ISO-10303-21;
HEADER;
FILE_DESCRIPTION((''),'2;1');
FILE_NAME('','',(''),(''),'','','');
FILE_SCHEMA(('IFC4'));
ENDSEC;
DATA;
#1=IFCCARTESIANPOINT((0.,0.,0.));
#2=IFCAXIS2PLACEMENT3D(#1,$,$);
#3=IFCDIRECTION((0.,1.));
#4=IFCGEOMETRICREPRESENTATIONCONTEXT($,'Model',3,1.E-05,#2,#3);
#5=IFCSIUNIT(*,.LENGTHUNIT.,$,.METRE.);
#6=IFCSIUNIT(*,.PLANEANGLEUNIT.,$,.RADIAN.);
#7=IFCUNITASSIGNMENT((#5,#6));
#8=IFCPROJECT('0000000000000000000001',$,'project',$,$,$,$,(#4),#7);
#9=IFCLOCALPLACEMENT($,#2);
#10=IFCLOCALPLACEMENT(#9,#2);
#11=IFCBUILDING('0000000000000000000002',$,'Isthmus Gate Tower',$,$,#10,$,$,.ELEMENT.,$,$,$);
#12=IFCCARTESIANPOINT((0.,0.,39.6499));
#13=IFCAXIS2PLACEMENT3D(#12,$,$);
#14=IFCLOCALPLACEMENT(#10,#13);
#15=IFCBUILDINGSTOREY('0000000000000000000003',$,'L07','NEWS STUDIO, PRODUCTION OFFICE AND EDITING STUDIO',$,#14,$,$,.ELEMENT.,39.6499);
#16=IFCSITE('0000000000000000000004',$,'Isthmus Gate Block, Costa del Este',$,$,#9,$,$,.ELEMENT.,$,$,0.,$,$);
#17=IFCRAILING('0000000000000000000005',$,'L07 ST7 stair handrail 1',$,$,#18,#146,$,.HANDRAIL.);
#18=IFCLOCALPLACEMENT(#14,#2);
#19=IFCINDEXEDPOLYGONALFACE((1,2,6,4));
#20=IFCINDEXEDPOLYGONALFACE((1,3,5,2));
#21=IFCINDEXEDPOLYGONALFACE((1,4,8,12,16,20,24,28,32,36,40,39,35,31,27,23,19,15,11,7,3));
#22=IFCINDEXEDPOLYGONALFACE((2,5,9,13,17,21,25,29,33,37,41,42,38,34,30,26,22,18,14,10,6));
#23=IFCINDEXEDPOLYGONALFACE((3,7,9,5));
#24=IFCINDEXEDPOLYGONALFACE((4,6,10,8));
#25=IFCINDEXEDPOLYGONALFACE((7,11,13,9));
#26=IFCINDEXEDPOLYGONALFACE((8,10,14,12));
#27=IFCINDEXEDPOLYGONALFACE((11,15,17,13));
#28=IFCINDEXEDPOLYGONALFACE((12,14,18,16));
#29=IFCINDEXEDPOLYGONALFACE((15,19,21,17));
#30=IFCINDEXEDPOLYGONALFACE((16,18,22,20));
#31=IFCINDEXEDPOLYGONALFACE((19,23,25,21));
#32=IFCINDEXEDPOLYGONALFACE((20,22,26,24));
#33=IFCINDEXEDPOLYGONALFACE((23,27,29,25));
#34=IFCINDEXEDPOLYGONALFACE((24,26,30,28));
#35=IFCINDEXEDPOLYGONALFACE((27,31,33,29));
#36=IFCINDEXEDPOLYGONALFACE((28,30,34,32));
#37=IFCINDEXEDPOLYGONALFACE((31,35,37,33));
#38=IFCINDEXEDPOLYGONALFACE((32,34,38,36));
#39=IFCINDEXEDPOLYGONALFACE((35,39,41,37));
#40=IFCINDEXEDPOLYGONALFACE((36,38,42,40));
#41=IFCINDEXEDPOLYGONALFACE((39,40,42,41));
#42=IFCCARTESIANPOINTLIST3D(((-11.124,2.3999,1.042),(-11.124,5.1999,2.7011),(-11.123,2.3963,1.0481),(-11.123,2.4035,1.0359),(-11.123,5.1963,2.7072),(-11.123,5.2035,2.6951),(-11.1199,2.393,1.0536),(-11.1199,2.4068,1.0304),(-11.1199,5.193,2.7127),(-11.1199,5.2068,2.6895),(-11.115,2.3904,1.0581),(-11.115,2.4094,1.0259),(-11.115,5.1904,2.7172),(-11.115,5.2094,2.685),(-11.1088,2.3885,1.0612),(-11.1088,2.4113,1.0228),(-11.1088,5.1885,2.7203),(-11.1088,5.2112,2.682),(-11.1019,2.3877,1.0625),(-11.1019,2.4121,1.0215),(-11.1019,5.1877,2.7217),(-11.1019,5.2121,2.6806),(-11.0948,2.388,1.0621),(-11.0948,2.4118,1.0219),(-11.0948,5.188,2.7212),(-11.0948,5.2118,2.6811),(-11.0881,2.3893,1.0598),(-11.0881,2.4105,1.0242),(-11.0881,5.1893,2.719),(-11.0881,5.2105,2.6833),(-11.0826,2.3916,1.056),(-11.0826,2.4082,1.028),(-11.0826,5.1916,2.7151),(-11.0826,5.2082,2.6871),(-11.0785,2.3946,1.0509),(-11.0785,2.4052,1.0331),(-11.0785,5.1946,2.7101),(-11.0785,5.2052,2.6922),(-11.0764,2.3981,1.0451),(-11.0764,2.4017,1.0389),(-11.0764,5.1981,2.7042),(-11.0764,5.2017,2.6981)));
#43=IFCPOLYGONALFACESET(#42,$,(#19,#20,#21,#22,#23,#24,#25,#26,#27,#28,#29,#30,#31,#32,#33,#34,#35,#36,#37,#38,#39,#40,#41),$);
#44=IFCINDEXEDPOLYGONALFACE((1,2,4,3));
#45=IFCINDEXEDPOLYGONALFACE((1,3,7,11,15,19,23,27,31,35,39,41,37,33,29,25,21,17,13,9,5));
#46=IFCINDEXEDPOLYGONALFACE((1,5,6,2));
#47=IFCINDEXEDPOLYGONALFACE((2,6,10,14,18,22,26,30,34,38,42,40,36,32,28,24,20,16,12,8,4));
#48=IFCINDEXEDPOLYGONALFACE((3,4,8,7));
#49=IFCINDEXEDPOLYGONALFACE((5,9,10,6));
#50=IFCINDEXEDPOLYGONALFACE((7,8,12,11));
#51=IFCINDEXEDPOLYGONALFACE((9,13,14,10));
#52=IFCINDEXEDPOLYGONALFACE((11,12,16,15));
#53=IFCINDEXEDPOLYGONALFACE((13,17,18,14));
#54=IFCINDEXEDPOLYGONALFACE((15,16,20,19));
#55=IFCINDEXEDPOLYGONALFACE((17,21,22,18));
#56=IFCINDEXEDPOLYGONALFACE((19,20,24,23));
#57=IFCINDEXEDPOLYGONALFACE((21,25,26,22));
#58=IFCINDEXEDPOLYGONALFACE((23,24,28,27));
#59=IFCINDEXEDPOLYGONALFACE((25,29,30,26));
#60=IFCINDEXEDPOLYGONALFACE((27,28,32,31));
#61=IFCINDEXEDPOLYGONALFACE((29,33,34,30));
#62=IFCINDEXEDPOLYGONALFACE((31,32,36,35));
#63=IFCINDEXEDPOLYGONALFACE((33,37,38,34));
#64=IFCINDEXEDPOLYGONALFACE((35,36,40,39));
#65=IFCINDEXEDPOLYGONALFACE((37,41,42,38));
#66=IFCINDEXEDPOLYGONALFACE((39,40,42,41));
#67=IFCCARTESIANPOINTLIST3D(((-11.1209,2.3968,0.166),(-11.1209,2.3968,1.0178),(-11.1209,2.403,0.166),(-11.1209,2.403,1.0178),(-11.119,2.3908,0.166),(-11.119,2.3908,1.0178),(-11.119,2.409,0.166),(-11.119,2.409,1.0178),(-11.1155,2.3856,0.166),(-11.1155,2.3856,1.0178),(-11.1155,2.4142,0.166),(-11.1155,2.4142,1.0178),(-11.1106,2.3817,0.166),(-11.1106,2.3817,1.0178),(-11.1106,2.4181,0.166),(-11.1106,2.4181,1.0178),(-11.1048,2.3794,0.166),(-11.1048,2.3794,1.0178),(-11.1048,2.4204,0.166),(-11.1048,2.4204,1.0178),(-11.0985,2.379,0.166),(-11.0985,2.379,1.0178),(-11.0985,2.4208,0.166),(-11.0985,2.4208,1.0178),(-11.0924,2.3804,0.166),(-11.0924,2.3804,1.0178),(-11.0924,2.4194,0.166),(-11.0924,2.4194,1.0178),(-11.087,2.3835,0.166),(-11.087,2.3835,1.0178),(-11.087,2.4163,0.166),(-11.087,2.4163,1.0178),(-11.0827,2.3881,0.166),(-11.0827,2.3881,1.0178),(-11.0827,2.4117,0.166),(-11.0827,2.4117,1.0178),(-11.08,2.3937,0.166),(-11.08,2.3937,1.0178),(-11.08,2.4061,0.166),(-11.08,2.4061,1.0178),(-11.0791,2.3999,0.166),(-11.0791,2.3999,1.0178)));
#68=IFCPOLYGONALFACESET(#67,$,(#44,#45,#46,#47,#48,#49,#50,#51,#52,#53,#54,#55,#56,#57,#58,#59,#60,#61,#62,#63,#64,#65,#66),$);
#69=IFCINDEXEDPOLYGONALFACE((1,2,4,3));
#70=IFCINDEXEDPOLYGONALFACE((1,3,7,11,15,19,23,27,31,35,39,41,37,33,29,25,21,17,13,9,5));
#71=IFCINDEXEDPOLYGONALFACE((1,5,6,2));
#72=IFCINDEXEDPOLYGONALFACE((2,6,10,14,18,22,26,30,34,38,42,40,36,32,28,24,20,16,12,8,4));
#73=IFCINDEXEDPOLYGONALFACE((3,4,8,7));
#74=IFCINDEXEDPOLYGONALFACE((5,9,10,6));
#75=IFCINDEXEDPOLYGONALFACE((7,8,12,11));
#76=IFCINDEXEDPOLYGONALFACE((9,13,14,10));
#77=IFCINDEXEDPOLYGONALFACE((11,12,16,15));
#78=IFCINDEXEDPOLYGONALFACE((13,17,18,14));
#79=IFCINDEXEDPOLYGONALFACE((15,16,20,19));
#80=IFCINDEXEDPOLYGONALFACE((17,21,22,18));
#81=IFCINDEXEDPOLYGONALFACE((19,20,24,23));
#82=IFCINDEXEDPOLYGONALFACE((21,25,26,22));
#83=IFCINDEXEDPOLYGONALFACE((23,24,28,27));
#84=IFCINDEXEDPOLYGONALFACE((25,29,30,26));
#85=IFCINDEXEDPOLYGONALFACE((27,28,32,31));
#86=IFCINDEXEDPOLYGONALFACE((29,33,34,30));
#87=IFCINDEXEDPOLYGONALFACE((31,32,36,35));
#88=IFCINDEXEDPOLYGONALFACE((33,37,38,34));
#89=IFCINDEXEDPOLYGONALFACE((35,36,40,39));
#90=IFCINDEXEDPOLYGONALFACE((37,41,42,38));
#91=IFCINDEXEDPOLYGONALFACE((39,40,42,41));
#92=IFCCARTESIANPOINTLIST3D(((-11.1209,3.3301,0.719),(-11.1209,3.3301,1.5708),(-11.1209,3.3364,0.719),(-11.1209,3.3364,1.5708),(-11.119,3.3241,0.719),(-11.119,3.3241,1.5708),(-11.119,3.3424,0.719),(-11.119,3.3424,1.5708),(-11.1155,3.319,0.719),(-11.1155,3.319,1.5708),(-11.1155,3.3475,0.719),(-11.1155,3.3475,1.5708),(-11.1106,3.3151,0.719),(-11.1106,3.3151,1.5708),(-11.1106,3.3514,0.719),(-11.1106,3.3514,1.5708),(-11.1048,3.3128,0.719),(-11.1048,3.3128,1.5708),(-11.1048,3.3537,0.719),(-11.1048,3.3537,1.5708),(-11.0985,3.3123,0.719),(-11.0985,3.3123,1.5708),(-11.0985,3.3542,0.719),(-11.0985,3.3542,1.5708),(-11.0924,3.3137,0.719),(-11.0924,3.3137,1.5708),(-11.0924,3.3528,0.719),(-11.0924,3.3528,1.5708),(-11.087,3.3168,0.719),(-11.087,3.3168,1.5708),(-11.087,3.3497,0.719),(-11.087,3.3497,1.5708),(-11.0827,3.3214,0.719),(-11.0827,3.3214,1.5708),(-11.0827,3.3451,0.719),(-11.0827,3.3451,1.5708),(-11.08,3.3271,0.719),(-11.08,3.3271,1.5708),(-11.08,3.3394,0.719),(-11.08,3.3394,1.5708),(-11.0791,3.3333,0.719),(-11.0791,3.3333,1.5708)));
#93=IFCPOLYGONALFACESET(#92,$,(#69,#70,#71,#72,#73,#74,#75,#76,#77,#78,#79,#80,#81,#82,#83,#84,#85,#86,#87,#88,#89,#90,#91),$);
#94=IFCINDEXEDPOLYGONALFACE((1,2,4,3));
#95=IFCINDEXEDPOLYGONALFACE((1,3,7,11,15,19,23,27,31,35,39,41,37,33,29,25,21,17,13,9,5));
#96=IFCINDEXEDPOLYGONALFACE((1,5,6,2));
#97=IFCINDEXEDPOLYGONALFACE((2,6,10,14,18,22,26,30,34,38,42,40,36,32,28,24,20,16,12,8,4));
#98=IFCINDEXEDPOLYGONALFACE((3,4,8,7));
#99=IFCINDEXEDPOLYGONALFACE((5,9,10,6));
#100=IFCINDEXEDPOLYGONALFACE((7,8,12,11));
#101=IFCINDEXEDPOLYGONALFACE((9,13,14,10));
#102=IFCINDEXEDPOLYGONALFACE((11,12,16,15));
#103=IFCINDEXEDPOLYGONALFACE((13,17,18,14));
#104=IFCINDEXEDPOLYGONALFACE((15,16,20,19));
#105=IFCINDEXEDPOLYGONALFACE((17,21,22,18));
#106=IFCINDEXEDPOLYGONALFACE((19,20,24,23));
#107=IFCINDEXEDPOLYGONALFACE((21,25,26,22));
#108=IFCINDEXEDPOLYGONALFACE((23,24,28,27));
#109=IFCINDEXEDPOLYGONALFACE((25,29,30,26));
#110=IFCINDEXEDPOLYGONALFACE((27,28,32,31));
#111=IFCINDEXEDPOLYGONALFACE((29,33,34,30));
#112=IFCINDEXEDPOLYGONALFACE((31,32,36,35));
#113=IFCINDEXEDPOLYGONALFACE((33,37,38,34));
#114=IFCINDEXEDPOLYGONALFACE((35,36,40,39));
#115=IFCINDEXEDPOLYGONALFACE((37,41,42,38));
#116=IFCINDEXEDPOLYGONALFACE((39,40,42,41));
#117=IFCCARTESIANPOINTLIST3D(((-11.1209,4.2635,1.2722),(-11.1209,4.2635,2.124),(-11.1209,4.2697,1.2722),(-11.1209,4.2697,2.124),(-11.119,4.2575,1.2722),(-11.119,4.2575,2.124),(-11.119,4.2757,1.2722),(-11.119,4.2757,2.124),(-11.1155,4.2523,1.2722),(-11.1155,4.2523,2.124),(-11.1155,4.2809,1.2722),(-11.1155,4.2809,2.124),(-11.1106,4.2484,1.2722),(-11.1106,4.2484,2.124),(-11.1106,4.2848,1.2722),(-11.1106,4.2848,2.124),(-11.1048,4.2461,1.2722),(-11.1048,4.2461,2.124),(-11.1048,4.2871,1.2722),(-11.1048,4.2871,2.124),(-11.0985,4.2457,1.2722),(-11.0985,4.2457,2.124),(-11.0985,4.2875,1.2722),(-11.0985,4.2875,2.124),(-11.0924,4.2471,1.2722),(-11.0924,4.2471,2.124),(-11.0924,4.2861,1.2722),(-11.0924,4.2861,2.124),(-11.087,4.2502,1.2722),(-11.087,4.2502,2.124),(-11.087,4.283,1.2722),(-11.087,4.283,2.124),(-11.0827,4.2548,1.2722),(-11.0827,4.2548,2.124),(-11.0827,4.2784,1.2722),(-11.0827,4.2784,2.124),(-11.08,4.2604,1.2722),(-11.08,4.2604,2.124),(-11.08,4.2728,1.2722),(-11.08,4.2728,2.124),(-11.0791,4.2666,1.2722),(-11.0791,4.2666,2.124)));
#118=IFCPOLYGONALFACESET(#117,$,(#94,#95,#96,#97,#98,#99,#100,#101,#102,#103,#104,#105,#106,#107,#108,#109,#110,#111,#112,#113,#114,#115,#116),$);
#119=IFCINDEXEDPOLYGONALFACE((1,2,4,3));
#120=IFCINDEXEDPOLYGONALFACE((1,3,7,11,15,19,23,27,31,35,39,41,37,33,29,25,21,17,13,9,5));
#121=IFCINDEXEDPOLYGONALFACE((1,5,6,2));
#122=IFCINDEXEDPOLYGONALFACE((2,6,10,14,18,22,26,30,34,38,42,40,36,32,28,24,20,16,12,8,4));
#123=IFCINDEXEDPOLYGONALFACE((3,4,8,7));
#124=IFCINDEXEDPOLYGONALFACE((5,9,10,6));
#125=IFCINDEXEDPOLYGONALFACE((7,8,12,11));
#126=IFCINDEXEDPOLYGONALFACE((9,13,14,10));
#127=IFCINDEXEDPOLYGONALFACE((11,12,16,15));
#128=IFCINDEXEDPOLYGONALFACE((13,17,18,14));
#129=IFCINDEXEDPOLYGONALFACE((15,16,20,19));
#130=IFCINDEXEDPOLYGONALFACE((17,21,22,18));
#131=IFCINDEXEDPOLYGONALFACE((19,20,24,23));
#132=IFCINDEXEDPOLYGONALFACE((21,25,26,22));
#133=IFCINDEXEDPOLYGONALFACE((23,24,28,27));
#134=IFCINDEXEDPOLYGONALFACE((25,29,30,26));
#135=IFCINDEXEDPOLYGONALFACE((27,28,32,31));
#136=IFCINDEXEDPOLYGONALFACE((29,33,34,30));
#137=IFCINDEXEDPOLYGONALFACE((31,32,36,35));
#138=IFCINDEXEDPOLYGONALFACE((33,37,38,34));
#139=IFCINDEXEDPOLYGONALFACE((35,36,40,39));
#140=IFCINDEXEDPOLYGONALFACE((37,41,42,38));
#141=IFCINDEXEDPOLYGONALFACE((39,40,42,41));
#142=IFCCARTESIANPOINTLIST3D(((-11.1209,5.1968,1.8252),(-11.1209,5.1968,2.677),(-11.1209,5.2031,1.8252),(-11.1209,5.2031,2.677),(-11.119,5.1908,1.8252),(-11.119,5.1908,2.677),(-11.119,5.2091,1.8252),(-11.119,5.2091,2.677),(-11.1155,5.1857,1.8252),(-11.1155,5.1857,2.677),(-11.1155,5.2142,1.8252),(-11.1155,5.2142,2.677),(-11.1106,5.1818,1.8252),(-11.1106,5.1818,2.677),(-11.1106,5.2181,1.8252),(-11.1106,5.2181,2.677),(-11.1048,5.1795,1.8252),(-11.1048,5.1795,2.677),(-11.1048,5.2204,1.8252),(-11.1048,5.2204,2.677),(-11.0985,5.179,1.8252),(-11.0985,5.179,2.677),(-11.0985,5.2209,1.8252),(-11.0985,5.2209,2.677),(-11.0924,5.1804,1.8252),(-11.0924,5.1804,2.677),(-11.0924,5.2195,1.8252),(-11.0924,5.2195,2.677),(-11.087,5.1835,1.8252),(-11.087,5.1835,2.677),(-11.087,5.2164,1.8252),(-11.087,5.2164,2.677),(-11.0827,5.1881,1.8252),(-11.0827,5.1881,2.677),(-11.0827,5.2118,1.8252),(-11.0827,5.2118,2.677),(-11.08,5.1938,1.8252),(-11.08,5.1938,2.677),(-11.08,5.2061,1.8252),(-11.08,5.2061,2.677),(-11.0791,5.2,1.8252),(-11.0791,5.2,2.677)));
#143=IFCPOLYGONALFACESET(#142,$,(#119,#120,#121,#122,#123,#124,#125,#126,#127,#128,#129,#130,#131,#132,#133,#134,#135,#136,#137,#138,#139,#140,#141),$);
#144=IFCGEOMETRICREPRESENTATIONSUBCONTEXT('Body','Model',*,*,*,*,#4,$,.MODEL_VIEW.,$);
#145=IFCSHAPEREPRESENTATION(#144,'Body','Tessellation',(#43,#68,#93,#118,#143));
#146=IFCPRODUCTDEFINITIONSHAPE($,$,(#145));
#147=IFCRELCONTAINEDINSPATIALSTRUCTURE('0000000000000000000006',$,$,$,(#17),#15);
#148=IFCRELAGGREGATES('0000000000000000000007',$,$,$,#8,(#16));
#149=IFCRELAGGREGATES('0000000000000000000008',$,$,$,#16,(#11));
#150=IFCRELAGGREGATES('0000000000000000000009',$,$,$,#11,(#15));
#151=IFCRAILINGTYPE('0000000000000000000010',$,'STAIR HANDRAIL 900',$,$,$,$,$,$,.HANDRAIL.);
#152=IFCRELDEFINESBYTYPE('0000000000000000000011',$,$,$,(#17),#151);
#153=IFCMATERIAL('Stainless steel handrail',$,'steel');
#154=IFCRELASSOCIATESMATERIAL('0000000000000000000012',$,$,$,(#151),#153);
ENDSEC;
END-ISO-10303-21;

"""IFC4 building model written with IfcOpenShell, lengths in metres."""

from ifc_helpers import new_model, si_unit, direction, frame, origin, origin_2d, place, context, subcontext, project, spatial, circle, extrude, material, type_object, element, save


model = new_model("IFC4")

# Units and contexts
model_context = context("Model", 3, precision=1e-05, world=origin(), true_north=direction((0.0, 1.0)))
body_context = subcontext(model_context, "Body", "Model", "MODEL_VIEW")
ifc_project = project(units=[si_unit("LENGTHUNIT", "METRE"), si_unit("PLANEANGLEUNIT", "RADIAN")], contexts=[model_context])

# Site, building, storey
site_placement = place(None, origin())
site = spatial("IfcSite", under=ifc_project, at=site_placement, Name="Isthmus Gate Block, Costa del Este", CompositionType="ELEMENT", RefElevation=0.0)
building_placement = place(site_placement, origin())
building = spatial("IfcBuilding", under=site, at=building_placement, Name="Isthmus Gate Tower", CompositionType="ELEMENT")
storey_placement = place(building_placement, frame((0.0, 0.0, 39.6499)))
storey = spatial("IfcBuildingStorey", under=building, at=storey_placement, Name="L07", Description="NEWS STUDIO, PRODUCTION OFFICE AND EDITING STUDIO", CompositionType="ELEMENT", Elevation=39.6499)

# Railing
ifc_material_1 = material(Name="Stainless steel handrail", Category="steel")
railing_type_1 = type_object("IfcRailingType", Name="STAIR HANDRAIL 900", PredefinedType="HANDRAIL", material=ifc_material_1)
for number, where, name in (
    (1, (-11.1001, 2.3999, 0.166), "L07 ST7 stair handrail 1"),
):
    element("IfcRailing", number, at=place(storey_placement, frame(where)), inside=storey, type_object=railing_type_1, Name=name, PredefinedType="HANDRAIL", context=body_context, shape_type="SweptSolid", body=[
        extrude(circle(Radius=0.0239, at=origin_2d()), frame((0.0, 0.0, 0.876), z_axis=(0.0, 0.860306, 0.509778), x_axis=(-1.0, 0.0, 0.0)), (0.0, 0.0, 1.0), 3.2546),
        extrude(circle(Radius=0.021, at=origin_2d()), origin(), (0.0, 0.0, 1.0), 0.8518),
        extrude(circle(Radius=0.021, at=origin_2d()), frame((0.0, 0.9333, 0.553)), (0.0, 0.0, 1.0), 0.8518),
        extrude(circle(Radius=0.021, at=origin_2d()), frame((0.0, 1.8667, 1.1062)), (0.0, 0.0, 1.0), 0.8518),
        extrude(circle(Radius=0.021, at=origin_2d()), frame((0.0, 2.8, 1.6592)), (0.0, 0.0, 1.0), 0.8518),
    ])

save(model, "model.ifc")
